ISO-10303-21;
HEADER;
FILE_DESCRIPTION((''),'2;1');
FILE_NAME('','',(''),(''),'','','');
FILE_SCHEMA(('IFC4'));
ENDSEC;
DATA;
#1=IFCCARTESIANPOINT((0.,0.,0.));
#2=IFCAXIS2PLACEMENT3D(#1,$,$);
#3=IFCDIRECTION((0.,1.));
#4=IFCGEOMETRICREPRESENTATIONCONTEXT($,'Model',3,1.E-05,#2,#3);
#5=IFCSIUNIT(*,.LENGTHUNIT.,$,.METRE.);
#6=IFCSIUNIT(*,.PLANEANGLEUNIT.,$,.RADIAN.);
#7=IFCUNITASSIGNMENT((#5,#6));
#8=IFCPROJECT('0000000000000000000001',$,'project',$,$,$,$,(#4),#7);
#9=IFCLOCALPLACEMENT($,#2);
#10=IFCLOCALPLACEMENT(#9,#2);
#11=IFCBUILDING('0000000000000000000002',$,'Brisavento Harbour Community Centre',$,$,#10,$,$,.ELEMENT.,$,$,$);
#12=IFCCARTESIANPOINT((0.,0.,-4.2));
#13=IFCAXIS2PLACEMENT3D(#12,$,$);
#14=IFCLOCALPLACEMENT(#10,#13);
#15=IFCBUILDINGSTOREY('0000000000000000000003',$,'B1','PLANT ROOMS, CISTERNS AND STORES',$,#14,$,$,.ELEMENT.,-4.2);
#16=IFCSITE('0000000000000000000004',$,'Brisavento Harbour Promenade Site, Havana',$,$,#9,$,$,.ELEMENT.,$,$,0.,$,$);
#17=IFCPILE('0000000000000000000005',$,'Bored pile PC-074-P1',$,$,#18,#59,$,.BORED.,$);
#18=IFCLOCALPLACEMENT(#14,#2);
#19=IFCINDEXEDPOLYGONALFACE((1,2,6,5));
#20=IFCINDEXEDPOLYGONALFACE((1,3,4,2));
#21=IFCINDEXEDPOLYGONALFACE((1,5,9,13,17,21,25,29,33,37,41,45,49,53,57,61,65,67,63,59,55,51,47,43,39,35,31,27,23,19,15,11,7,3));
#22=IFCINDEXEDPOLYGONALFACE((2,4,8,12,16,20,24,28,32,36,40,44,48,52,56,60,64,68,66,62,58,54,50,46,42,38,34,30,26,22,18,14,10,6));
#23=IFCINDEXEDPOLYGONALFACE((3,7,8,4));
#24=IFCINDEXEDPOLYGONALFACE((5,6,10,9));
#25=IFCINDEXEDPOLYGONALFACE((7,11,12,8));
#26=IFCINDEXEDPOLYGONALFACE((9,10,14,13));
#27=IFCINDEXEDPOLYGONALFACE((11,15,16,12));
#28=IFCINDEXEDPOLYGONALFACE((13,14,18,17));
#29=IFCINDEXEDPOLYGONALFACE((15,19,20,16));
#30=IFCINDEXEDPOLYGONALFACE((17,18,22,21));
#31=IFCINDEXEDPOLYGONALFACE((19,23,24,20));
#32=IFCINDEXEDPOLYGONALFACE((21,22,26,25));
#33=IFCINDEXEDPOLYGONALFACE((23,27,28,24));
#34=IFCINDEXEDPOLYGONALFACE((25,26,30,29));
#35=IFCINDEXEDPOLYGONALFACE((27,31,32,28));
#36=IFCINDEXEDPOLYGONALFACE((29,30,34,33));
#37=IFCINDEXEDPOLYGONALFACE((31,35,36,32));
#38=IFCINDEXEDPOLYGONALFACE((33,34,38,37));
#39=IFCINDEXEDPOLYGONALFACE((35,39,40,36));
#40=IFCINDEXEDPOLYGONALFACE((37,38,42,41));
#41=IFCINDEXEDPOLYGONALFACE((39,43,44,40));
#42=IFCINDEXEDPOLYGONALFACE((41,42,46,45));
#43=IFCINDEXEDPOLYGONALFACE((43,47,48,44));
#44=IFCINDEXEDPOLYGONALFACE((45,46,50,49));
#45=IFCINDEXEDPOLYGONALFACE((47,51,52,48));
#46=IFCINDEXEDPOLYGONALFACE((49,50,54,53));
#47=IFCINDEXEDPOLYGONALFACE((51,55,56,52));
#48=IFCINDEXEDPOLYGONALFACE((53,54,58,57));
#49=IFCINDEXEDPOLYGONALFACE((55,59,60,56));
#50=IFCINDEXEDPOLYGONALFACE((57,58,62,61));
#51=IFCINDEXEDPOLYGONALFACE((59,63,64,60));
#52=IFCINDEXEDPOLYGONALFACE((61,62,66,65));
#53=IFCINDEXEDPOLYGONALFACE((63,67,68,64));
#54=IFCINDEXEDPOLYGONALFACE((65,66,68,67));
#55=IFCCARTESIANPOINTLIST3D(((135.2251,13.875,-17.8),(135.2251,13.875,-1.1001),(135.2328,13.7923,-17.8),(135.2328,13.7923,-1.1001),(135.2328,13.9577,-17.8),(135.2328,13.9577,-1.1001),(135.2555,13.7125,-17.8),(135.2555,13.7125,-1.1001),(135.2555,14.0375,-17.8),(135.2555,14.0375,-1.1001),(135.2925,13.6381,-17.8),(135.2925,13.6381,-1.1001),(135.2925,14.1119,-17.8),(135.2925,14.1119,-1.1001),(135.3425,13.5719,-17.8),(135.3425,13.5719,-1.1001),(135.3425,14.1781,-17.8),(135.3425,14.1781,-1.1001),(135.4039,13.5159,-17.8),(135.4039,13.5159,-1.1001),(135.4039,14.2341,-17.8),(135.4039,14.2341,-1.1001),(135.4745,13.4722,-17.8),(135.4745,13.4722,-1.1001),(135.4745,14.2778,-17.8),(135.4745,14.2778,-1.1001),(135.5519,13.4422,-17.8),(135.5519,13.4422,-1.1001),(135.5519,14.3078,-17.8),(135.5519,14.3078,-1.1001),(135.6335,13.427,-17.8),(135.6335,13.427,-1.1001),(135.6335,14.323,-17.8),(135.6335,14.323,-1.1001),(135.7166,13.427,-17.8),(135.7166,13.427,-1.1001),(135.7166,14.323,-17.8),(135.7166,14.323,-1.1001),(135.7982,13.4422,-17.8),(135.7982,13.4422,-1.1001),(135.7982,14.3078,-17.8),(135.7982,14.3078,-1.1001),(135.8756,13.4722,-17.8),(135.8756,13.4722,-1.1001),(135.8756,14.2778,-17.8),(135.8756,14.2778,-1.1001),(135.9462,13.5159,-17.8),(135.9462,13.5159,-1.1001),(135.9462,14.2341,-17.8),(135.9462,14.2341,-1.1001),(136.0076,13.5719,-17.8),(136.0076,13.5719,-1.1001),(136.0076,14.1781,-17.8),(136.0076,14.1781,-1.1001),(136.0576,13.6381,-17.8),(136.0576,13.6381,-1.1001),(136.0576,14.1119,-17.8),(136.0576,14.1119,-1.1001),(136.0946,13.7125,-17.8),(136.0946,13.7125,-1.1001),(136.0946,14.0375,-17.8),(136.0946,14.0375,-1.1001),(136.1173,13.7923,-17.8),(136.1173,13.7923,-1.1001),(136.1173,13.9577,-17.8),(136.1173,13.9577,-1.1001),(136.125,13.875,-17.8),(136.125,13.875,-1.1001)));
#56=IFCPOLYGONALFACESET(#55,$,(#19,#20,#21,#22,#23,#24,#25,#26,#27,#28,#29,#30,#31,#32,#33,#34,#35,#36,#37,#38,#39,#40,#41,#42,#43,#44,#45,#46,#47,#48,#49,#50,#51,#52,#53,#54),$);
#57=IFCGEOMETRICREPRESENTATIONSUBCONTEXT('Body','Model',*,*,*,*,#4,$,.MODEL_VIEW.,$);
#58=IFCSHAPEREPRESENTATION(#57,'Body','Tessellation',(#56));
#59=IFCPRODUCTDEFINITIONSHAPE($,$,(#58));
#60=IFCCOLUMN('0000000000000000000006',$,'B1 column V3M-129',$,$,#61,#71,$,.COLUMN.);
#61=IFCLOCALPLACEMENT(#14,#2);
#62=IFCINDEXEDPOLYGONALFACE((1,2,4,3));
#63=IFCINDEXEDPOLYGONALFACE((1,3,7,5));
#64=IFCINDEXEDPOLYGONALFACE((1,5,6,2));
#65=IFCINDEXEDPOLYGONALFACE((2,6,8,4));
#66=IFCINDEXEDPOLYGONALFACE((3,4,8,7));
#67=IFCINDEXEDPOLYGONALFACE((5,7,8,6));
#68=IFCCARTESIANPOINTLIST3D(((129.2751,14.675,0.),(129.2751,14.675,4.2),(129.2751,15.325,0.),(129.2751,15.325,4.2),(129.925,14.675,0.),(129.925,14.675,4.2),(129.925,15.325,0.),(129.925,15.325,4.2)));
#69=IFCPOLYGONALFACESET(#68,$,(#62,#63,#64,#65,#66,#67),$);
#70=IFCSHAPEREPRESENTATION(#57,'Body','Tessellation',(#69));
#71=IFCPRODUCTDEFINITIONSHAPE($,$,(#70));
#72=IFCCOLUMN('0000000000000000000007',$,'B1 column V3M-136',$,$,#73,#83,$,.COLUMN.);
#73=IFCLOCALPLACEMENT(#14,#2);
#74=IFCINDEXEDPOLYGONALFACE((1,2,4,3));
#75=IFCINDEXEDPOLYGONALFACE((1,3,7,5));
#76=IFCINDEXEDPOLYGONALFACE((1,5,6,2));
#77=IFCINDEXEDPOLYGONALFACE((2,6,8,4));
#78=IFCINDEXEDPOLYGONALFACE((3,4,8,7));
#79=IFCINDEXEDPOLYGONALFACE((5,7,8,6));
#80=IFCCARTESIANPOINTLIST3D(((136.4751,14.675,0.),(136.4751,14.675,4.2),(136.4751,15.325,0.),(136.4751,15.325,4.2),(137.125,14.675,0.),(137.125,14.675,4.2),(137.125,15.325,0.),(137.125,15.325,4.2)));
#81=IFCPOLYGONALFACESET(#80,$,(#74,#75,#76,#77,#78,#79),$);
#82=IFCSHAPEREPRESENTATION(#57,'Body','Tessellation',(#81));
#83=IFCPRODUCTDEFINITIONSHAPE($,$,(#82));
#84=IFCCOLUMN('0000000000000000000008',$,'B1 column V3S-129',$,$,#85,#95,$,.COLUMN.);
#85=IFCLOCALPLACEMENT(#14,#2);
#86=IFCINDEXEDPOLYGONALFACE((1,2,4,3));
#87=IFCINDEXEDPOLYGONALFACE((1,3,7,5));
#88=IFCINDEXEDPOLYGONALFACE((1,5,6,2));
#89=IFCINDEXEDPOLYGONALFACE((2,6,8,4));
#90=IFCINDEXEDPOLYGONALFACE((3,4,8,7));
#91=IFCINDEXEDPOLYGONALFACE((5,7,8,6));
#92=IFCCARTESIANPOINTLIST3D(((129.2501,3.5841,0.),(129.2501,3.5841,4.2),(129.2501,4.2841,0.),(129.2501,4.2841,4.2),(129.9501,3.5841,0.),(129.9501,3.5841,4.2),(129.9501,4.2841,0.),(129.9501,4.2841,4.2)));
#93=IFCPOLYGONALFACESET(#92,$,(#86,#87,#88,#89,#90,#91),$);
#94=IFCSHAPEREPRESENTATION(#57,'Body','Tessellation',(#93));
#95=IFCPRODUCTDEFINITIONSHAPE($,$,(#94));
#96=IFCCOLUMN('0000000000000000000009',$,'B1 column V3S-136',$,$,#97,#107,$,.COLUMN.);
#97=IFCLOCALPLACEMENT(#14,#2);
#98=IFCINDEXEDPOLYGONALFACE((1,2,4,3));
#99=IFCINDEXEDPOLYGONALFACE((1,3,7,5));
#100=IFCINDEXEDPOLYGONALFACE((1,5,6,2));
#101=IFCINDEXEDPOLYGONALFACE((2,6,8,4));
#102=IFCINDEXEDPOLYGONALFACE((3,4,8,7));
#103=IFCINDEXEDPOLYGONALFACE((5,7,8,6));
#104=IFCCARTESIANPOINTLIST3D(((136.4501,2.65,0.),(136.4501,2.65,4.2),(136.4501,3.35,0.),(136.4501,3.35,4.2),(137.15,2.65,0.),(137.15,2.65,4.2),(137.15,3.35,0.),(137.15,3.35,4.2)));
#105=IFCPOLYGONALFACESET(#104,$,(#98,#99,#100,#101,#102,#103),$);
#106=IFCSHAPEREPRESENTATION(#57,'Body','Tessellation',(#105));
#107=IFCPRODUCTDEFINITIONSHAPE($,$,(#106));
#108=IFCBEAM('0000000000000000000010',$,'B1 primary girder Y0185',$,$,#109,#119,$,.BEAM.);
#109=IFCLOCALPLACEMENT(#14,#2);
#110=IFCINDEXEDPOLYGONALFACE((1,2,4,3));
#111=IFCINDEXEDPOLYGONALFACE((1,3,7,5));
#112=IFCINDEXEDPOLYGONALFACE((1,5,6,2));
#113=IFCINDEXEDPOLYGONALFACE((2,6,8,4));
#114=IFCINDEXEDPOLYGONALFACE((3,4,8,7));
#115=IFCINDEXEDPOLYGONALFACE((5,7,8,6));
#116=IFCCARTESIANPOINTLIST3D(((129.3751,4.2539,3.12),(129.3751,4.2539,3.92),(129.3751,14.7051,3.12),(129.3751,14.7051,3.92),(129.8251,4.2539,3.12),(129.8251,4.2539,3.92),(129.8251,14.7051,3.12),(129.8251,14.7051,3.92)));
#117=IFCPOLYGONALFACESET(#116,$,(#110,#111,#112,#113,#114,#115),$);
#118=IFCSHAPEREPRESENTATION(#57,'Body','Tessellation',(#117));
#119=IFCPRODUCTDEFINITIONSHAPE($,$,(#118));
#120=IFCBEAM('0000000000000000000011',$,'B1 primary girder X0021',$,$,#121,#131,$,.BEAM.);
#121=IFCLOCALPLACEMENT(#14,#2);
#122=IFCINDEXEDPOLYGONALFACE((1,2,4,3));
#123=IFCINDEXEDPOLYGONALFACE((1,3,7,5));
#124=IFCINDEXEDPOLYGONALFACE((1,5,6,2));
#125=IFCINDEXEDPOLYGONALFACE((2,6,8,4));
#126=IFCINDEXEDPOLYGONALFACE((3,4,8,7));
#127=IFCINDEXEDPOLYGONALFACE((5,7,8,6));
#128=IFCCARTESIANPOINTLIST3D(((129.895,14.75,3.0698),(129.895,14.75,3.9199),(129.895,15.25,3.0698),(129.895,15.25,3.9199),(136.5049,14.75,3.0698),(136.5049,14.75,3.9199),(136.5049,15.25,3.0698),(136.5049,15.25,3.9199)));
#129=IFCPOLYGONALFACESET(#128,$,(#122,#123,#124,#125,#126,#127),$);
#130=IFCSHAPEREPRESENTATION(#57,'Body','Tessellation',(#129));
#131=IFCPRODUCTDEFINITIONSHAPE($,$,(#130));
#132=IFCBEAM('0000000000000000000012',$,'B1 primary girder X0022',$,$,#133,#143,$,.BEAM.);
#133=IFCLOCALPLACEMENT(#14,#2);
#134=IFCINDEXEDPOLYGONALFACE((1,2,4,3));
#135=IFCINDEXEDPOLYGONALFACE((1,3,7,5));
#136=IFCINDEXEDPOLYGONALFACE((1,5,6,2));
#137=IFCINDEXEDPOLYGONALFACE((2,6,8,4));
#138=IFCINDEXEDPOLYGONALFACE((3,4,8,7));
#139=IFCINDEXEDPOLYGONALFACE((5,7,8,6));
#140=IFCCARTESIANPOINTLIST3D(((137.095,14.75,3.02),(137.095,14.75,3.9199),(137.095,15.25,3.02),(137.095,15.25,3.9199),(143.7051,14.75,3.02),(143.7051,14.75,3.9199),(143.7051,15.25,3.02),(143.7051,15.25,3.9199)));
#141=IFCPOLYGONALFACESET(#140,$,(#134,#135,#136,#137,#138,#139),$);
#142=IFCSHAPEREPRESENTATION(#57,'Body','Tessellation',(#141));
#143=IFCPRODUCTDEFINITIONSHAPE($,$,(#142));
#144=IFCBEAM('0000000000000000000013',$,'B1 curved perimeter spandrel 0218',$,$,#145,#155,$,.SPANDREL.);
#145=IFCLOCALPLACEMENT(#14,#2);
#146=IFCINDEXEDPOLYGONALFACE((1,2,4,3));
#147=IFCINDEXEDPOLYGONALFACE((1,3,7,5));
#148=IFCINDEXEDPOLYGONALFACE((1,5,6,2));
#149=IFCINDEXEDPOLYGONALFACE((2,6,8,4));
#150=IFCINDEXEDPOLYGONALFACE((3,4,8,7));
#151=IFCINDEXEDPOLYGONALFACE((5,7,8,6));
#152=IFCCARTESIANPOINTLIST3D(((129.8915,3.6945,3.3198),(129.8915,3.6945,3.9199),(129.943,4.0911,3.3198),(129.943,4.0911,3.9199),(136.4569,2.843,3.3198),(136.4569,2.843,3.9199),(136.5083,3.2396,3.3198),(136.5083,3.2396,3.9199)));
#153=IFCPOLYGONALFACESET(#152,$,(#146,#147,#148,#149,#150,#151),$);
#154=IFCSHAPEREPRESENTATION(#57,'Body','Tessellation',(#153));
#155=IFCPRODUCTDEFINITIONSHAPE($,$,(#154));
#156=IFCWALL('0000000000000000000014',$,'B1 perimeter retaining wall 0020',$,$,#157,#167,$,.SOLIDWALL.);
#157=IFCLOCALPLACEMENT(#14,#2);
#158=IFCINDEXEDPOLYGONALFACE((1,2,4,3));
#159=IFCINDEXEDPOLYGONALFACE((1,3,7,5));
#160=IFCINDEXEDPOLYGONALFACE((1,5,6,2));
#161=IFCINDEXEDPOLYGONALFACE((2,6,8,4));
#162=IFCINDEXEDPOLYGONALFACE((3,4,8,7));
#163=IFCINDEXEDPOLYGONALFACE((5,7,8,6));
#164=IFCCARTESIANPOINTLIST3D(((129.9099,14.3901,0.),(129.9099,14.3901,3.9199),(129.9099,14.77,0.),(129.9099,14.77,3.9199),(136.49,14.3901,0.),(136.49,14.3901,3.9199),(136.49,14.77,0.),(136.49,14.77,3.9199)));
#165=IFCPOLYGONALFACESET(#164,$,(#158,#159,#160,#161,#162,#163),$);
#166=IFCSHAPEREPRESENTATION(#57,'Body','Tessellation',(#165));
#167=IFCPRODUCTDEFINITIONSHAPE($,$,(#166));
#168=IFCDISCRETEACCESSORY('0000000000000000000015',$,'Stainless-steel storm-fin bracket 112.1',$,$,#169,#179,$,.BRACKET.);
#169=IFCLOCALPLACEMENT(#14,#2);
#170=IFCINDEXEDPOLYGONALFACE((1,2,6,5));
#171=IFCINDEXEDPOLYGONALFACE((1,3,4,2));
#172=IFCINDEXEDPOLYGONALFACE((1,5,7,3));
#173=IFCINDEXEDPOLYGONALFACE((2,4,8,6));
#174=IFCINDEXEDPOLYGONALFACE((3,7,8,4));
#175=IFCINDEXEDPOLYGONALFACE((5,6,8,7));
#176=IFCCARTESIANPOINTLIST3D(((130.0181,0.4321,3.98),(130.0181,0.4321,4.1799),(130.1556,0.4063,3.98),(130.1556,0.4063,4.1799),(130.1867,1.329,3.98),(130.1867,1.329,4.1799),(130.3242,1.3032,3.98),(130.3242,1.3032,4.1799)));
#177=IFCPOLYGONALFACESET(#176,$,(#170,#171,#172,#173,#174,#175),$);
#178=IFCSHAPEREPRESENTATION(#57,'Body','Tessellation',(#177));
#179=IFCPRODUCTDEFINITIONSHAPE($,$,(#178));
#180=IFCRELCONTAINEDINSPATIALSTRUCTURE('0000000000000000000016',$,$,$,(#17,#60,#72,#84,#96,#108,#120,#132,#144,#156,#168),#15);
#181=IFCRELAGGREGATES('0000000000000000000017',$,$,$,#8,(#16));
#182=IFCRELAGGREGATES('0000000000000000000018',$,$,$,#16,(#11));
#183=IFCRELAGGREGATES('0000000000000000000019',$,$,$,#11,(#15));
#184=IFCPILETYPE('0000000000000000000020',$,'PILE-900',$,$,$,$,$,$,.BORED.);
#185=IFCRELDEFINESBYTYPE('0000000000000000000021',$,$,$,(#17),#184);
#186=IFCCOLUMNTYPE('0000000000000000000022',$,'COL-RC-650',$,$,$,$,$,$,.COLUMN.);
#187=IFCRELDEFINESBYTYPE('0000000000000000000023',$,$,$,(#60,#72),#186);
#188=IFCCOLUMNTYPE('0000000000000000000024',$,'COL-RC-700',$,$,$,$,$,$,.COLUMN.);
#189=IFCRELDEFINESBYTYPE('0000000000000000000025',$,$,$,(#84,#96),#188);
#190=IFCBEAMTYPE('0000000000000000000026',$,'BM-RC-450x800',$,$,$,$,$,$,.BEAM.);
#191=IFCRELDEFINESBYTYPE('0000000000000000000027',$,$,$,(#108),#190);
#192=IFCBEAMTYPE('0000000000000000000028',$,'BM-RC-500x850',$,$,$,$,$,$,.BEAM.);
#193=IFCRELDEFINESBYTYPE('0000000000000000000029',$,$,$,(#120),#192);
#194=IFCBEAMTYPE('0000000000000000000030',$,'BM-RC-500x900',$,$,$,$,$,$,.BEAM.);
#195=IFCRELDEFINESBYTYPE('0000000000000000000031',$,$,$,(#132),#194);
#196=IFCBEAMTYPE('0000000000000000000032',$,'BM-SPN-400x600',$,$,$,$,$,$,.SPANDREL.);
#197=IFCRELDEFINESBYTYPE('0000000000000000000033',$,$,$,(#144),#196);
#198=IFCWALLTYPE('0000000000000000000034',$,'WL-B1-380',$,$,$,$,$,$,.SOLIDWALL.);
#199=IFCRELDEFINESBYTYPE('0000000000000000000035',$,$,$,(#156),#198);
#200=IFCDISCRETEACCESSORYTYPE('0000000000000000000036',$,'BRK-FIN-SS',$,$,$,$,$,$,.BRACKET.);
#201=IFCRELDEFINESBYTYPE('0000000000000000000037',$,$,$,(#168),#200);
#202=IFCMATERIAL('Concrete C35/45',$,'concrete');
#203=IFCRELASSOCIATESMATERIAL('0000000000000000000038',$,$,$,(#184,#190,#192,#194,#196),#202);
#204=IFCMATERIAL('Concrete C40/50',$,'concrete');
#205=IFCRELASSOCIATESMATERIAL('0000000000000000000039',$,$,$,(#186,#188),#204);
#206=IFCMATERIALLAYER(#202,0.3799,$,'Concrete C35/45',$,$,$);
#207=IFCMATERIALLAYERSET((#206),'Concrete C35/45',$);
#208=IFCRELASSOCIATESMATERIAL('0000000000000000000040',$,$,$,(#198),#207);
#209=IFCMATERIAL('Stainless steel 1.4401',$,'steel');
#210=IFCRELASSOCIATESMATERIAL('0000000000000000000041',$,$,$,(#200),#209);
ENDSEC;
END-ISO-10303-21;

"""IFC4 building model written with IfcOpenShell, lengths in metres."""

from ifc_helpers import new_model, si_unit, direction, frame, frame_2d, origin, origin_2d, place, context, subcontext, project, spatial, rectangle, circle, extrude, material, layer, layer_set, material_profile, profile_set, type_object, element, save


model = new_model("IFC4")

# Units and contexts
model_context = context("Model", 3, precision=1e-05, world=origin(), true_north=direction((0.0, 1.0)))
body_context = subcontext(model_context, "Body", "Model", "MODEL_VIEW")
ifc_project = project(units=[si_unit("LENGTHUNIT", "METRE"), si_unit("PLANEANGLEUNIT", "RADIAN")], contexts=[model_context])

# Site, building, storey
site_placement = place(None, origin())
site = spatial("IfcSite", under=ifc_project, at=site_placement, Name="Brisavento Harbour Promenade Site, Havana", CompositionType="ELEMENT", RefElevation=0.0)
building_placement = place(site_placement, origin())
building = spatial("IfcBuilding", under=site, at=building_placement, Name="Brisavento Harbour Community Centre", CompositionType="ELEMENT")
storey_placement = place(building_placement, frame((0.0, 0.0, -4.2)))
storey = spatial("IfcBuildingStorey", under=building, at=storey_placement, Name="B1", Description="PLANT ROOMS, CISTERNS AND STORES", CompositionType="ELEMENT", Elevation=-4.2)

# Shared definitions
ifc_material_1 = material(Name="Concrete C35/45", Category="concrete")

# Pile
ifc_material_profile_1 = material_profile(ifc_material_1, circle(Radius=0.45, at=origin_2d()), Name="Concrete C35/45")
ifc_profile_set_1 = profile_set([ifc_material_profile_1], Name="Concrete C35/45")
pile_type_1 = type_object("IfcPileType", Name="PILE-900", PredefinedType="BORED", material=ifc_profile_set_1)
for number, where, z_axis, x_axis, name in (
    (1, (135.675, 13.875, -1.1001), (0.0, 0.0, -1.0), (1.0, 0.0, 0.0), "Bored pile PC-074-P1"),
):
    element("IfcPile", number, at=place(storey_placement, frame(where, z_axis=z_axis, x_axis=x_axis)), inside=storey, type_object=pile_type_1, Name=name, PredefinedType="BORED", context=body_context, shape_type="SweptSolid", body=[
        extrude(circle(Radius=0.45, at=origin_2d()), origin(), (0.0, 0.0, 1.0), 16.7),
    ])

# Columns
ifc_material_2 = material(Name="Concrete C40/50", Category="concrete")
ifc_material_profile_2 = material_profile(ifc_material_2, rectangle(XDim=0.6499, YDim=0.6499, at=origin_2d()), Name="Concrete C40/50")
ifc_profile_set_2 = profile_set([ifc_material_profile_2], Name="Concrete C40/50")
column_type_1 = type_object("IfcColumnType", Name="COL-RC-650", PredefinedType="COLUMN", material=ifc_profile_set_2)
for number, where, z_axis, x_axis, name in (
    (2, (129.6001, 15.0, 0.0), (0.0, 0.0, 1.0), (1.0, 0.0, 0.0), "B1 column V3M-129"),
    (3, (136.8, 15.0, 0.0), (0.0, 0.0, 1.0), (1.0, 0.0, 0.0), "B1 column V3M-136"),
):
    element("IfcColumn", number, at=place(storey_placement, frame(where, z_axis=z_axis, x_axis=x_axis)), inside=storey, type_object=column_type_1, Name=name, PredefinedType="COLUMN", context=body_context, shape_type="SweptSolid", body=[
        extrude(rectangle(XDim=0.6499, YDim=0.6499, at=origin_2d()), origin(), (0.0, 0.0, 1.0), 4.2),
    ])
ifc_material_profile_3 = material_profile(ifc_material_2, rectangle(XDim=0.7, YDim=0.7, at=origin_2d()), Name="Concrete C40/50")
ifc_profile_set_3 = profile_set([ifc_material_profile_3], Name="Concrete C40/50")
column_type_2 = type_object("IfcColumnType", Name="COL-RC-700", PredefinedType="COLUMN", material=ifc_profile_set_3)
for number, where, z_axis, x_axis, name in (
    (4, (129.6001, 3.9341, 0.0), (0.0, 0.0, 1.0), (1.0, 0.0, 0.0), "B1 column V3S-129"),
    (5, (136.8, 3.0, 0.0), (0.0, 0.0, 1.0), (1.0, 0.0, 0.0), "B1 column V3S-136"),
):
    element("IfcColumn", number, at=place(storey_placement, frame(where, z_axis=z_axis, x_axis=x_axis)), inside=storey, type_object=column_type_2, Name=name, PredefinedType="COLUMN", context=body_context, shape_type="SweptSolid", body=[
        extrude(rectangle(XDim=0.7, YDim=0.7, at=origin_2d()), origin(), (0.0, 0.0, 1.0), 4.2),
    ])

# Beams
ifc_material_profile_4 = material_profile(ifc_material_1, rectangle(XDim=0.45, YDim=0.8, at=origin_2d()), Name="Concrete C35/45")
ifc_profile_set_4 = profile_set([ifc_material_profile_4], Name="Concrete C35/45")
beam_type_1 = type_object("IfcBeamType", Name="BM-RC-450x800", PredefinedType="BEAM", material=ifc_profile_set_4)
beam_1_placement = place(storey_placement, frame((129.6001, 4.2539, 3.52), z_axis=(0.0, 1.0, 0.0), x_axis=(-1.0, 0.0, 0.0)))
element("IfcBeam", 6, at=beam_1_placement, inside=storey, type_object=beam_type_1, Name="B1 primary girder Y0185", PredefinedType="BEAM", context=body_context, shape_type="SweptSolid", body=[
    extrude(rectangle(XDim=0.45, YDim=0.8, at=origin_2d()), origin(), (0.0, 0.0, 1.0), 10.4512),
])
ifc_material_profile_5 = material_profile(ifc_material_1, rectangle(XDim=0.5, YDim=0.8501, at=origin_2d()), Name="Concrete C35/45")
ifc_profile_set_5 = profile_set([ifc_material_profile_5], Name="Concrete C35/45")
beam_type_2 = type_object("IfcBeamType", Name="BM-RC-500x850", PredefinedType="BEAM", material=ifc_profile_set_5)
beam_2_placement = place(storey_placement, frame((129.895, 15.0, 3.4949), z_axis=(1.0, 0.0, 0.0), x_axis=(0.0, 1.0, 0.0)))
element("IfcBeam", 7, at=beam_2_placement, inside=storey, type_object=beam_type_2, Name="B1 primary girder X0021", PredefinedType="BEAM", context=body_context, shape_type="SweptSolid", body=[
    extrude(rectangle(XDim=0.5, YDim=0.8501, at=origin_2d()), origin(), (0.0, 0.0, 1.0), 6.6099),
])
ifc_material_profile_6 = material_profile(ifc_material_1, rectangle(XDim=0.5, YDim=0.8999, at=origin_2d()), Name="Concrete C35/45")
ifc_profile_set_6 = profile_set([ifc_material_profile_6], Name="Concrete C35/45")
beam_type_3 = type_object("IfcBeamType", Name="BM-RC-500x900", PredefinedType="BEAM", material=ifc_profile_set_6)
beam_3_placement = place(storey_placement, frame((137.095, 15.0, 3.47), z_axis=(1.0, 0.0, 0.0), x_axis=(0.0, 1.0, 0.0)))
element("IfcBeam", 8, at=beam_3_placement, inside=storey, type_object=beam_type_3, Name="B1 primary girder X0022", PredefinedType="BEAM", context=body_context, shape_type="SweptSolid", body=[
    extrude(rectangle(XDim=0.5, YDim=0.8999, at=origin_2d()), origin(), (0.0, 0.0, 1.0), 6.6101),
])
ifc_material_profile_7 = material_profile(ifc_material_1, rectangle(XDim=0.3999, YDim=0.6001, at=origin_2d()), Name="Concrete C35/45")
ifc_profile_set_7 = profile_set([ifc_material_profile_7], Name="Concrete C35/45")
beam_type_4 = type_object("IfcBeamType", Name="BM-SPN-400x600", PredefinedType="SPANDREL", material=ifc_profile_set_7)
beam_4_placement = place(storey_placement, frame((129.9172, 3.8928, 3.6199), z_axis=(0.991693, -0.128627, 0.0), x_axis=(0.128627, 0.991693, 0.0)))
element("IfcBeam", 9, at=beam_4_placement, inside=storey, type_object=beam_type_4, Name="B1 curved perimeter spandrel 0218", PredefinedType="SPANDREL", context=body_context, shape_type="SweptSolid", body=[
    extrude(rectangle(XDim=0.3999, YDim=0.6001, at=origin_2d()), origin(), (0.0, 0.0, 1.0), 6.6204),
])

# Wall
ifc_layer = layer(ifc_material_1, 0.3799, Name="Concrete C35/45")
ifc_layer_set = layer_set([ifc_layer], Name="Concrete C35/45")
wall_type = type_object("IfcWallType", Name="WL-B1-380", PredefinedType="SOLIDWALL", material=ifc_layer_set)
wall_placement = place(storey_placement, frame((136.49, 14.5801, 0.0), z_axis=(0.0, 0.0, 1.0), x_axis=(-1.0, 0.0, 0.0)))
element("IfcWall", 10, at=wall_placement, inside=storey, type_object=wall_type, Name="B1 perimeter retaining wall 0020", PredefinedType="SOLIDWALL", context=body_context, shape_type="SweptSolid", body=[
    extrude(rectangle(XDim=6.5801, YDim=0.3799, at=frame_2d((3.29, 0.0))), origin(), (0.0, 0.0, 1.0), 3.9199),
])

# Discrete accessory
ifc_material_3 = material(Name="Stainless steel 1.4401", Category="steel")
discrete_accessory_type = type_object("IfcDiscreteAccessoryType", Name="BRK-FIN-SS", PredefinedType="BRACKET", material=ifc_material_3)
discrete_accessory_1_placement = place(storey_placement, frame((130.1711, 0.8677, 3.98), z_axis=(0.0, 0.0, 1.0), x_axis=(-0.184672, -0.9828, 0.0)))
element("IfcDiscreteAccessory", 11, at=discrete_accessory_1_placement, inside=storey, type_object=discrete_accessory_type, Name="Stainless-steel storm-fin bracket 112.1", PredefinedType="BRACKET", context=body_context, shape_type="SweptSolid", body=[
    extrude(rectangle(XDim=0.9126, YDim=0.1399, at=origin_2d()), origin(), (0.0, 0.0, 1.0), 0.2),
])

save(model, "model.ifc")
